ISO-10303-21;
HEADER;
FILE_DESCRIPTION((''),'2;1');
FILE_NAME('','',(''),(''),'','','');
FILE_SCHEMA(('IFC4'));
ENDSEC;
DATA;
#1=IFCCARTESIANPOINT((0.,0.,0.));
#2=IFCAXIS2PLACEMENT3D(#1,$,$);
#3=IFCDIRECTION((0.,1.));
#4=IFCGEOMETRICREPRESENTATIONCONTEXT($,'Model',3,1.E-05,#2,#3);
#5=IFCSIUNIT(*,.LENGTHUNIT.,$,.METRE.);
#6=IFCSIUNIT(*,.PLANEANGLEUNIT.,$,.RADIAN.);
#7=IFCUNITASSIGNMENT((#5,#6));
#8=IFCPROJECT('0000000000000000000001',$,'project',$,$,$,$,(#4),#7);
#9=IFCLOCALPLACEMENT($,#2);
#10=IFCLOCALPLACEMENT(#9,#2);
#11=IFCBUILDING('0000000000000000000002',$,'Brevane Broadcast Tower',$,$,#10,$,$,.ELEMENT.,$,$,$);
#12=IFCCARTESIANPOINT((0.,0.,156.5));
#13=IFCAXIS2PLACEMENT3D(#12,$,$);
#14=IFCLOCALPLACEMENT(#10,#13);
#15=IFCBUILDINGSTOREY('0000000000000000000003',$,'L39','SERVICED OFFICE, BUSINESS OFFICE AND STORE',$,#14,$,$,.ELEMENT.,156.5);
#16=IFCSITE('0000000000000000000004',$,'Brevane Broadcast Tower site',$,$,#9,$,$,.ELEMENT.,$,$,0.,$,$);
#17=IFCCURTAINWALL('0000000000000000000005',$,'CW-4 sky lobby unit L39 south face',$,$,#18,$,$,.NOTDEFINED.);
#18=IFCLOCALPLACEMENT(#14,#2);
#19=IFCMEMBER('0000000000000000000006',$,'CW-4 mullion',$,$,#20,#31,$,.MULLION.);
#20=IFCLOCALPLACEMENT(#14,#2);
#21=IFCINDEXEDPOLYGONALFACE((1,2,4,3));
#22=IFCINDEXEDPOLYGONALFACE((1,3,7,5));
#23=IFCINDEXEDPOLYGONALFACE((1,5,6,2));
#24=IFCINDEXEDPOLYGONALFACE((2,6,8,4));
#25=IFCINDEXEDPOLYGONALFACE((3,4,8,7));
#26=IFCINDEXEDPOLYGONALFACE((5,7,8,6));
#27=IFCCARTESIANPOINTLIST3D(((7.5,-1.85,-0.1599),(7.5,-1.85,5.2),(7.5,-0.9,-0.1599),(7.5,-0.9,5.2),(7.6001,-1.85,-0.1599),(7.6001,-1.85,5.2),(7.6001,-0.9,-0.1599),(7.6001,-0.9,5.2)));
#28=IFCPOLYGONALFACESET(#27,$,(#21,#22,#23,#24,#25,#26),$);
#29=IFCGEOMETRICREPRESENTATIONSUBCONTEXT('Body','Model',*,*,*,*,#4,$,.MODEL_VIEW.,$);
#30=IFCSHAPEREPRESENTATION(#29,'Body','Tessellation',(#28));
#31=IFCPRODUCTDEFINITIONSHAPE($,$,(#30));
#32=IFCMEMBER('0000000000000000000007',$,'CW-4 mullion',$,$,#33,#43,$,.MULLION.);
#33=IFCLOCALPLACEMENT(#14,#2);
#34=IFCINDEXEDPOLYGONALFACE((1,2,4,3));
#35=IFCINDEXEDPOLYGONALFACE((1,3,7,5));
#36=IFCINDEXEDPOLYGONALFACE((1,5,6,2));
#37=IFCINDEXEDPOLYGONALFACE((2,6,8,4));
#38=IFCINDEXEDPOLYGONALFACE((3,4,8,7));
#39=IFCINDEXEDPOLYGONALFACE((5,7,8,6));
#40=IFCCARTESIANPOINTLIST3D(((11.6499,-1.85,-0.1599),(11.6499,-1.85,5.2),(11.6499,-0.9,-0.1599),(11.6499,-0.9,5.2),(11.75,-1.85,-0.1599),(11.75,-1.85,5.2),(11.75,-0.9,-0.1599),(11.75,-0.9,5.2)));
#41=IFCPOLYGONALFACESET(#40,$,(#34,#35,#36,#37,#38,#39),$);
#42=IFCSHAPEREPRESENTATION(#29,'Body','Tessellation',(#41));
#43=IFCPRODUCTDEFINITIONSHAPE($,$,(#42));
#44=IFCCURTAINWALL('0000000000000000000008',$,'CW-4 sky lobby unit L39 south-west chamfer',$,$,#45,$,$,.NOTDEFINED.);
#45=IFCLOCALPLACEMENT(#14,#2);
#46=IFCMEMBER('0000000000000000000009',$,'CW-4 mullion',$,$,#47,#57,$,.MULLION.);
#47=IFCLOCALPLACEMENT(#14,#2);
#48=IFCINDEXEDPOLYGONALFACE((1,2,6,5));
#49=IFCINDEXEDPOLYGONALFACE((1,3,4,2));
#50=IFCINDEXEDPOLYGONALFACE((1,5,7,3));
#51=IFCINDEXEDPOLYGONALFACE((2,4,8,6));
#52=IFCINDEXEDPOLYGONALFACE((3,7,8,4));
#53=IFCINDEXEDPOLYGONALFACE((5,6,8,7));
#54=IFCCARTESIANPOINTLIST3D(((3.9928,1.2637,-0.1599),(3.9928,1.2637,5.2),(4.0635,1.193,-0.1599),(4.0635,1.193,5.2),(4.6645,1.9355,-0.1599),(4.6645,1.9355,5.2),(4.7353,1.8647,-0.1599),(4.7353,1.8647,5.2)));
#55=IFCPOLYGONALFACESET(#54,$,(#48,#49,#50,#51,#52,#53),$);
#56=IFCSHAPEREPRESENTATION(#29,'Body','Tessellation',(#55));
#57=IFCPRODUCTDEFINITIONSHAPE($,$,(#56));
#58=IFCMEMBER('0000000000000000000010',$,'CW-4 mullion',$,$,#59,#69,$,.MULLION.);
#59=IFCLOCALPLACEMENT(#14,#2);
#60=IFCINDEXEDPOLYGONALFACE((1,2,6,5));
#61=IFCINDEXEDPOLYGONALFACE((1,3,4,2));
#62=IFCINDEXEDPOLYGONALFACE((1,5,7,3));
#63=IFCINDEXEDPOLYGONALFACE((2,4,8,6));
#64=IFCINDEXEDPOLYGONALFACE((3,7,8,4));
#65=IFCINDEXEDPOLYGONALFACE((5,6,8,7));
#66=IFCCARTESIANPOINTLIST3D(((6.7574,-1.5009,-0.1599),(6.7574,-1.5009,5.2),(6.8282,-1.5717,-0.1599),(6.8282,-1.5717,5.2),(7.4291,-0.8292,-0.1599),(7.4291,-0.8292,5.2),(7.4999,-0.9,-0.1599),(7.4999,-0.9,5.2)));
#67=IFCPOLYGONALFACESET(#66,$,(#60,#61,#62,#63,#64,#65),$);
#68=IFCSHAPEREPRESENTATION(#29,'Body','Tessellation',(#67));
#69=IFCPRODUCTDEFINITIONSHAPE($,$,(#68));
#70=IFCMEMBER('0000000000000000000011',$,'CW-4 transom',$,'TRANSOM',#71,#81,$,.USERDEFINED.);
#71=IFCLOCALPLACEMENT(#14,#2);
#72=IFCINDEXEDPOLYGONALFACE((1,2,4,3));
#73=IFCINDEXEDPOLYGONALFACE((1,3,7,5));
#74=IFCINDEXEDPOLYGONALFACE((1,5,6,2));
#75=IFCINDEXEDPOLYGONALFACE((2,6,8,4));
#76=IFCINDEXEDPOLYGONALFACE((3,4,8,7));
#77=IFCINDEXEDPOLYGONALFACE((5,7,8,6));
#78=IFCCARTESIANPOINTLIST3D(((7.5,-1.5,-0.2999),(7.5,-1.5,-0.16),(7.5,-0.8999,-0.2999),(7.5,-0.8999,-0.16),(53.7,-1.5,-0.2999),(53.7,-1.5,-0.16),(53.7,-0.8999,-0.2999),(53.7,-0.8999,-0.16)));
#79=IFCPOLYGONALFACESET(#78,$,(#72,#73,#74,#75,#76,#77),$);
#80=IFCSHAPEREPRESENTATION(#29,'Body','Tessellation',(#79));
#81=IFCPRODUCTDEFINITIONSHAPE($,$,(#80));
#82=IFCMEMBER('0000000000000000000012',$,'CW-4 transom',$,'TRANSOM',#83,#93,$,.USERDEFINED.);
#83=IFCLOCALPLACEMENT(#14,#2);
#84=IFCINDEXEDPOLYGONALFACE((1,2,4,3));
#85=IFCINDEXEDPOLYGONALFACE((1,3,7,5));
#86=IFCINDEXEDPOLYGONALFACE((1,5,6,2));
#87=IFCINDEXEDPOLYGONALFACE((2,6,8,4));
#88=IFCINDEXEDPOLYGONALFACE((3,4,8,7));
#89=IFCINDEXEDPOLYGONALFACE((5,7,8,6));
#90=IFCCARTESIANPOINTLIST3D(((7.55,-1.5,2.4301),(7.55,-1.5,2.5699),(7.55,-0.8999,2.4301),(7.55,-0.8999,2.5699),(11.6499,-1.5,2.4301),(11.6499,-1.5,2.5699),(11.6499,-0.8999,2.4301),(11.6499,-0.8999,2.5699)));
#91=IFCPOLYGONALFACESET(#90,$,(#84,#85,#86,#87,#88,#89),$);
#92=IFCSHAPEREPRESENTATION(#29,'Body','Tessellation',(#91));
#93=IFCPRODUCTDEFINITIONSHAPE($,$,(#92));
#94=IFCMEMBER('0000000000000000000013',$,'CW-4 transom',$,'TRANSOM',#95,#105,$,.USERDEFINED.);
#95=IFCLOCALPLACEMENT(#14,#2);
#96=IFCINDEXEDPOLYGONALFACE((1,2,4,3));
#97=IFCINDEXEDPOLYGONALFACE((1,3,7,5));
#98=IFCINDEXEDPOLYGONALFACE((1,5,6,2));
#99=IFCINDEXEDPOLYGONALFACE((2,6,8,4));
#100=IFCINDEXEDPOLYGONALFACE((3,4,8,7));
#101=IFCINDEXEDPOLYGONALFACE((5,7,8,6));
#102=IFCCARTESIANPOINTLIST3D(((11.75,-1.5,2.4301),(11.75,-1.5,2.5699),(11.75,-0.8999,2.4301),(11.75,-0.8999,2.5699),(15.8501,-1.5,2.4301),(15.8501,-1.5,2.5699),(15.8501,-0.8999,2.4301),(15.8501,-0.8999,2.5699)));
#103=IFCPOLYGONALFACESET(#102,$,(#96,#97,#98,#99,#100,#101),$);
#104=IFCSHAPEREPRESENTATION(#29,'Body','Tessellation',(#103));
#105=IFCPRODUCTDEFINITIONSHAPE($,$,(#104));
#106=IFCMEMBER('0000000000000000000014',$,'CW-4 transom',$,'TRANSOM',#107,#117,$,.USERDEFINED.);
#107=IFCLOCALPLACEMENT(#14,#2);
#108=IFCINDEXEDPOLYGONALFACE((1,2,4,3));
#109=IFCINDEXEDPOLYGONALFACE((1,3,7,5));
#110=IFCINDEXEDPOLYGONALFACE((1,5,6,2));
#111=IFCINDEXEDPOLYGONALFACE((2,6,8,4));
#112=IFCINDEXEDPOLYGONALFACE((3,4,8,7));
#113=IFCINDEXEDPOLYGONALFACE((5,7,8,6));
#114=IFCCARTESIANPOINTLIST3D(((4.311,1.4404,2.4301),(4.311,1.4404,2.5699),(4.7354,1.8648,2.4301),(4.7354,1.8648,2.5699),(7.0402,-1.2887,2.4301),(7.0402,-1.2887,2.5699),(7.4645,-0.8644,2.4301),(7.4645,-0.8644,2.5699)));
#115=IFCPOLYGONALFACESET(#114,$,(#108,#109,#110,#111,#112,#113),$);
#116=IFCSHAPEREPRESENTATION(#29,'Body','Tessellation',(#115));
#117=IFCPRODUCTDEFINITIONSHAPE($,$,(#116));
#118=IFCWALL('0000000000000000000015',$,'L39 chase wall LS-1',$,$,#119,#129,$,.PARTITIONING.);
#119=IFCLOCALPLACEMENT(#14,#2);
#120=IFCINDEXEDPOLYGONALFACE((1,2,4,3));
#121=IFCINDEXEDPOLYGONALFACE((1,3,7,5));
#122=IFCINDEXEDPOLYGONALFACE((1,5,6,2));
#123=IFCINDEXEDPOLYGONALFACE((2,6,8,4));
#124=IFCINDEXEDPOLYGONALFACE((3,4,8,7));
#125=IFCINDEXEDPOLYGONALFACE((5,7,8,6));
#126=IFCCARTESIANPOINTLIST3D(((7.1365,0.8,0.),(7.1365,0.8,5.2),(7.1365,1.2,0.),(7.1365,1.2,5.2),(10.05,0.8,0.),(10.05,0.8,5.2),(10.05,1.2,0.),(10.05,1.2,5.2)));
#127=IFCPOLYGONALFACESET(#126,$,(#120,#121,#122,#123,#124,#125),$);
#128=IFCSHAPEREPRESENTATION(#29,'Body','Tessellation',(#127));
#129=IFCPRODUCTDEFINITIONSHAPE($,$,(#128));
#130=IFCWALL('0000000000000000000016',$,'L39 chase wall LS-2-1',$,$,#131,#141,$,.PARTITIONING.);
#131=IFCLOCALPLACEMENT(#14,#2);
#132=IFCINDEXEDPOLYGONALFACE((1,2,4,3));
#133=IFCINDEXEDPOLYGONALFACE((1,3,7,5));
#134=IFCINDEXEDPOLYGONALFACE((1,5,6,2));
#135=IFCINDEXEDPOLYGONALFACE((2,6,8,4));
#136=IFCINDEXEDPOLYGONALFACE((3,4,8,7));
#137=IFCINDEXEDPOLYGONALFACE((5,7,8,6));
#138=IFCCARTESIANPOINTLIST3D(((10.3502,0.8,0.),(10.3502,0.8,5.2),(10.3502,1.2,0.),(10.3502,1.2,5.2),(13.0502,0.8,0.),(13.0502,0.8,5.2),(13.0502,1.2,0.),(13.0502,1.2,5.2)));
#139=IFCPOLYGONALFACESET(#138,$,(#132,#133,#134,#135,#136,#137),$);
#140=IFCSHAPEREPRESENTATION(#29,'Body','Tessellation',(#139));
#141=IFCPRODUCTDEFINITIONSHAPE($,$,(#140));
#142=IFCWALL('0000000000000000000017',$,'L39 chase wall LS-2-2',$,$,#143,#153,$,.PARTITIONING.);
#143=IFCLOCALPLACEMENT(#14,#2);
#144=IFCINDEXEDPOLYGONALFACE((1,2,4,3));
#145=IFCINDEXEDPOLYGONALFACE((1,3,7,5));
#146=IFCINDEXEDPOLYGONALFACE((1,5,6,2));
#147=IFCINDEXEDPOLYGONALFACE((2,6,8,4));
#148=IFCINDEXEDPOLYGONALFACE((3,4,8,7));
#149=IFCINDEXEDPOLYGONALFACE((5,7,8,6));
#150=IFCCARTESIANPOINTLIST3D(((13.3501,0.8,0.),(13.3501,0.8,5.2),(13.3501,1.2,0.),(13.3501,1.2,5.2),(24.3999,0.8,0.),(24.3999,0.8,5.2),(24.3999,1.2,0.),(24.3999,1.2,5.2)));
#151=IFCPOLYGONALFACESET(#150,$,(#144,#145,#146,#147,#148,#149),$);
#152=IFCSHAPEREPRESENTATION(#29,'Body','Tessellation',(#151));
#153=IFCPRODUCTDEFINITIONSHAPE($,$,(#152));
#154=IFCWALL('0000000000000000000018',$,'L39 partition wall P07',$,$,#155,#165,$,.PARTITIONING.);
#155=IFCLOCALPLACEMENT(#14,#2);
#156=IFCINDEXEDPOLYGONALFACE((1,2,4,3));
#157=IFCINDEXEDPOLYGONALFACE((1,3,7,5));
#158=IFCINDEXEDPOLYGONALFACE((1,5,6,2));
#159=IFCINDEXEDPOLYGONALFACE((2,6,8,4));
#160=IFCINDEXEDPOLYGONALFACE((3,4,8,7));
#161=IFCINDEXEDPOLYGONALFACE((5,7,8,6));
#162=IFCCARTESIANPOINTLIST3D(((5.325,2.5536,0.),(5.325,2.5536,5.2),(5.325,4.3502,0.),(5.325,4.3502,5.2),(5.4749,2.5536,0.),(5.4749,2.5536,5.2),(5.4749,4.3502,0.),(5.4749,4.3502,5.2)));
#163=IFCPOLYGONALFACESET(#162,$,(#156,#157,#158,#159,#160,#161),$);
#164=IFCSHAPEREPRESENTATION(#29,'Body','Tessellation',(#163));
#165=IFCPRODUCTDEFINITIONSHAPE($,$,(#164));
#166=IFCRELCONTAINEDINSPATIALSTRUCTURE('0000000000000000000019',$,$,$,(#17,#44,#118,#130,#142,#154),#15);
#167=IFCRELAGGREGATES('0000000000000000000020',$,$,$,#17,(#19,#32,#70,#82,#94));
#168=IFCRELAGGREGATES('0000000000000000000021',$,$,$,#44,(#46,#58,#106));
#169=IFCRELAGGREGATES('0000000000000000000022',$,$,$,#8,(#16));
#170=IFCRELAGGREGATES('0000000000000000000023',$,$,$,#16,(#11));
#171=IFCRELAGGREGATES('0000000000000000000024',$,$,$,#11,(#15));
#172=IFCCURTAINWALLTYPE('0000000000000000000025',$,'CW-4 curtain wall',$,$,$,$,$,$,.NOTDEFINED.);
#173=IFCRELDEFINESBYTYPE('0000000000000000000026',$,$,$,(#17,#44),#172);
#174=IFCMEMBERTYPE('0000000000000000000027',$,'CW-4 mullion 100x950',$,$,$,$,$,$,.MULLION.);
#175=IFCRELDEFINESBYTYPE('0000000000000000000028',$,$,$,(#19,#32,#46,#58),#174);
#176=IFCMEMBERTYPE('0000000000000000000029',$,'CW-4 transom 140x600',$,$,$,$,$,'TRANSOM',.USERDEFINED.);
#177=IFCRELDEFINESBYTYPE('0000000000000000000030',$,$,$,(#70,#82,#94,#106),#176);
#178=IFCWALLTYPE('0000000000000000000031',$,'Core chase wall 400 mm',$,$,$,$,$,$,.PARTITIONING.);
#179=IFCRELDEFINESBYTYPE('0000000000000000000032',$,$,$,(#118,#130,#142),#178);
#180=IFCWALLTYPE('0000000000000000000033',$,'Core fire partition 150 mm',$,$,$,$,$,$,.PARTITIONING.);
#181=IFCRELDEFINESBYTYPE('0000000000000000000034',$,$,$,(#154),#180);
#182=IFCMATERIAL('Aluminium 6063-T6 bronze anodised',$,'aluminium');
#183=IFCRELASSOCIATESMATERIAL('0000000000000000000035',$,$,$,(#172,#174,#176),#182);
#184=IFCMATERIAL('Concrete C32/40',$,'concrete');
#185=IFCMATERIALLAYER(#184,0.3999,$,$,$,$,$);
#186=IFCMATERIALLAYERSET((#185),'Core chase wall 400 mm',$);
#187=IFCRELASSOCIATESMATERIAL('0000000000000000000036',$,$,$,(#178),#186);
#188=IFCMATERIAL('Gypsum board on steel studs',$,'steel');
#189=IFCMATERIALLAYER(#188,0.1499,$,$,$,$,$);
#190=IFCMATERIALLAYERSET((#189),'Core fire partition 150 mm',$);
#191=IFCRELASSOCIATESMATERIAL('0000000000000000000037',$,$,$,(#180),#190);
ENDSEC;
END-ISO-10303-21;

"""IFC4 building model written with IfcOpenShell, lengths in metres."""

from ifc_helpers import new_model, si_unit, direction, frame, frame_2d, origin, origin_2d, place, context, subcontext, project, spatial, rectangle, extrude, material, layer, layer_set, material_profile, profile_set, type_object, element, aggregate, save


model = new_model("IFC4")

# Units and contexts
model_context = context("Model", 3, precision=1e-05, world=origin(), true_north=direction((0.0, 1.0)))
body_context = subcontext(model_context, "Body", "Model", "MODEL_VIEW")
ifc_project = project(units=[si_unit("LENGTHUNIT", "METRE"), si_unit("PLANEANGLEUNIT", "RADIAN")], contexts=[model_context])

# Site, building, storey
site_placement = place(None, origin())
site = spatial("IfcSite", under=ifc_project, at=site_placement, Name="Brevane Broadcast Tower site", CompositionType="ELEMENT", RefElevation=0.0)
building_placement = place(site_placement, origin())
building = spatial("IfcBuilding", under=site, at=building_placement, Name="Brevane Broadcast Tower", CompositionType="ELEMENT")
storey_placement = place(building_placement, frame((0.0, 0.0, 156.5)))
storey = spatial("IfcBuildingStorey", under=building, at=storey_placement, Name="L39", Description="SERVICED OFFICE, BUSINESS OFFICE AND STORE", CompositionType="ELEMENT", Elevation=156.5)

# Curtain walls, members
ifc_material_1 = material(Name="Aluminium 6063-T6 bronze anodised", Category="aluminium")
curtain_wall_type = type_object("IfcCurtainWallType", Name="CW-4 curtain wall", PredefinedType="NOTDEFINED", material=ifc_material_1)
curtain_wall_1_placement = place(storey_placement, origin())
curtain_wall_1 = element("IfcCurtainWall", 1, at=curtain_wall_1_placement, inside=storey, type_object=curtain_wall_type, Name="CW-4 sky lobby unit L39 south face", PredefinedType="NOTDEFINED")
ifc_material_profile_1 = material_profile(ifc_material_1, rectangle(XDim=0.95, YDim=0.1001, at=origin_2d()), Name="RECT 100x950")
ifc_profile_set_1 = profile_set([ifc_material_profile_1], Name="Aluminium 6063-T6 bronze anodised")
member_type_1 = type_object("IfcMemberType", Name="CW-4 mullion 100x950", PredefinedType="MULLION", material=ifc_profile_set_1)
member_1_placement = place(storey_placement, frame((7.55, -1.375, -0.1599), z_axis=(0.0, 0.0, 1.0), x_axis=(0.0, 1.0, 0.0)))
member_1 = element("IfcMember", 2, at=member_1_placement, type_object=member_type_1, Name="CW-4 mullion", PredefinedType="MULLION", context=body_context, shape_type="SweptSolid", body=[
    extrude(rectangle(XDim=0.95, YDim=0.1001, at=origin_2d()), origin(), (0.0, 0.0, 1.0), 5.3599),
])
member_2_placement = place(storey_placement, frame((11.7, -1.375, -0.1599), z_axis=(0.0, 0.0, 1.0), x_axis=(0.0, 1.0, 0.0)))
member_2 = element("IfcMember", 3, at=member_2_placement, type_object=member_type_1, Name="CW-4 mullion", PredefinedType="MULLION", context=body_context, shape_type="SweptSolid", body=[
    extrude(rectangle(XDim=0.95, YDim=0.1001, at=origin_2d()), origin(), (0.0, 0.0, 1.0), 5.3599),
])
curtain_wall_2_placement = place(storey_placement, origin())
curtain_wall_2 = element("IfcCurtainWall", 4, at=curtain_wall_2_placement, inside=storey, type_object=curtain_wall_type, Name="CW-4 sky lobby unit L39 south-west chamfer", PredefinedType="NOTDEFINED")
member_3_placement = place(storey_placement, frame((4.364, 1.5642, -0.1599), z_axis=(0.0, 0.0, 1.0), x_axis=(0.707107, 0.707107, 0.0)))
member_3 = element("IfcMember", 5, at=member_3_placement, type_object=member_type_1, Name="CW-4 mullion", PredefinedType="MULLION", context=body_context, shape_type="SweptSolid", body=[
    extrude(rectangle(XDim=0.95, YDim=0.1001, at=origin_2d()), origin(), (0.0, 0.0, 1.0), 5.3599),
])
member_4_placement = place(storey_placement, frame((7.1287, -1.2004, -0.1599), z_axis=(0.0, 0.0, 1.0), x_axis=(0.707107, 0.707107, 0.0)))
member_4 = element("IfcMember", 6, at=member_4_placement, type_object=member_type_1, Name="CW-4 mullion", PredefinedType="MULLION", context=body_context, shape_type="SweptSolid", body=[
    extrude(rectangle(XDim=0.95, YDim=0.1001, at=origin_2d()), origin(), (0.0, 0.0, 1.0), 5.3599),
])

# Members
ifc_material_profile_2 = material_profile(ifc_material_1, rectangle(XDim=0.6001, YDim=0.1399, at=origin_2d()), Name="RECT 140x600")
ifc_profile_set_2 = profile_set([ifc_material_profile_2], Name="Aluminium 6063-T6 bronze anodised")
member_type_2 = type_object("IfcMemberType", Name="CW-4 transom 140x600", ElementType="TRANSOM", PredefinedType="USERDEFINED", material=ifc_profile_set_2)
member_5_placement = place(storey_placement, frame((7.5, -1.2, -0.23), z_axis=(1.0, 0.0, 0.0), x_axis=(0.0, 1.0, 0.0)))
member_5 = element("IfcMember", 7, at=member_5_placement, type_object=member_type_2, Name="CW-4 transom", ObjectType="TRANSOM", PredefinedType="USERDEFINED", context=body_context, shape_type="SweptSolid", body=[
    extrude(rectangle(XDim=0.6001, YDim=0.1399, at=origin_2d()), origin(), (0.0, 0.0, 1.0), 46.2),
])
member_6_placement = place(storey_placement, frame((7.55, -1.2, 2.5), z_axis=(1.0, 0.0, 0.0), x_axis=(0.0, 1.0, 0.0)))
member_6 = element("IfcMember", 8, at=member_6_placement, type_object=member_type_2, Name="CW-4 transom", ObjectType="TRANSOM", PredefinedType="USERDEFINED", context=body_context, shape_type="SweptSolid", body=[
    extrude(rectangle(XDim=0.6001, YDim=0.1399, at=origin_2d()), origin(), (0.0, 0.0, 1.0), 4.0999),
])
member_7_placement = place(storey_placement, frame((11.75, -1.2, 2.5), z_axis=(1.0, 0.0, 0.0), x_axis=(0.0, 1.0, 0.0)))
member_7 = element("IfcMember", 9, at=member_7_placement, type_object=member_type_2, Name="CW-4 transom", ObjectType="TRANSOM", PredefinedType="USERDEFINED", context=body_context, shape_type="SweptSolid", body=[
    extrude(rectangle(XDim=0.6001, YDim=0.1399, at=origin_2d()), origin(), (0.0, 0.0, 1.0), 4.1001),
])
aggregate(curtain_wall_1, [member_1, member_2, member_5, member_6, member_7])
member_8_placement = place(storey_placement, frame((4.5232, 1.6526, 2.5), z_axis=(0.707107, -0.707107, 0.0), x_axis=(0.707107, 0.707107, 0.0)))
member_8 = element("IfcMember", 10, at=member_8_placement, type_object=member_type_2, Name="CW-4 transom", ObjectType="TRANSOM", PredefinedType="USERDEFINED", context=body_context, shape_type="SweptSolid", body=[
    extrude(rectangle(XDim=0.6001, YDim=0.1399, at=origin_2d()), origin(), (0.0, 0.0, 1.0), 3.8596),
])
aggregate(curtain_wall_2, [member_3, member_4, member_8])

# Walls
ifc_material_2 = material(Name="Concrete C32/40", Category="concrete")
ifc_layer_1 = layer(ifc_material_2, 0.3999)
ifc_layer_set_1 = layer_set([ifc_layer_1], Name="Core chase wall 400 mm")
wall_type_1 = type_object("IfcWallType", Name="Core chase wall 400 mm", PredefinedType="PARTITIONING", material=ifc_layer_set_1)
wall_1_placement = place(storey_placement, frame((7.1365, 1.0, 0.0), z_axis=(0.0, 0.0, 1.0), x_axis=(1.0, 0.0, 0.0)))
element("IfcWall", 11, at=wall_1_placement, inside=storey, type_object=wall_type_1, Name="L39 chase wall LS-1", PredefinedType="PARTITIONING", context=body_context, shape_type="SweptSolid", body=[
    extrude(rectangle(XDim=2.9136, YDim=0.3999, at=frame_2d((1.4568, 0.0))), origin(), (0.0, 0.0, 1.0), 5.2),
])
wall_2_placement = place(storey_placement, frame((10.3501, 1.0, 0.0), z_axis=(0.0, 0.0, 1.0), x_axis=(1.0, 0.0, 0.0)))
element("IfcWall", 12, at=wall_2_placement, inside=storey, type_object=wall_type_1, Name="L39 chase wall LS-2-1", PredefinedType="PARTITIONING", context=body_context, shape_type="SweptSolid", body=[
    extrude(rectangle(XDim=2.7, YDim=0.3999, at=frame_2d((1.3501, 0.0))), origin(), (0.0, 0.0, 1.0), 5.2),
])
wall_3_placement = place(storey_placement, frame((13.3501, 1.0, 0.0), z_axis=(0.0, 0.0, 1.0), x_axis=(1.0, 0.0, 0.0)))
element("IfcWall", 13, at=wall_3_placement, inside=storey, type_object=wall_type_1, Name="L39 chase wall LS-2-2", PredefinedType="PARTITIONING", context=body_context, shape_type="SweptSolid", body=[
    extrude(rectangle(XDim=11.0498, YDim=0.3999, at=frame_2d((5.5249, 0.0))), origin(), (0.0, 0.0, 1.0), 5.2),
])
ifc_material_3 = material(Name="Gypsum board on steel studs", Category="steel")
ifc_layer_2 = layer(ifc_material_3, 0.1499)
ifc_layer_set_2 = layer_set([ifc_layer_2], Name="Core fire partition 150 mm")
wall_type_2 = type_object("IfcWallType", Name="Core fire partition 150 mm", PredefinedType="PARTITIONING", material=ifc_layer_set_2)
wall_4_placement = place(storey_placement, frame((5.3999, 2.5535, 0.0), z_axis=(0.0, 0.0, 1.0), x_axis=(0.0, 1.0, 0.0)))
element("IfcWall", 14, at=wall_4_placement, inside=storey, type_object=wall_type_2, Name="L39 partition wall P07", PredefinedType="PARTITIONING", context=body_context, shape_type="SweptSolid", body=[
    extrude(rectangle(XDim=1.7966, YDim=0.1499, at=frame_2d((0.8984, 0.0))), origin(), (0.0, 0.0, 1.0), 5.2),
])

save(model, "model.ifc")
